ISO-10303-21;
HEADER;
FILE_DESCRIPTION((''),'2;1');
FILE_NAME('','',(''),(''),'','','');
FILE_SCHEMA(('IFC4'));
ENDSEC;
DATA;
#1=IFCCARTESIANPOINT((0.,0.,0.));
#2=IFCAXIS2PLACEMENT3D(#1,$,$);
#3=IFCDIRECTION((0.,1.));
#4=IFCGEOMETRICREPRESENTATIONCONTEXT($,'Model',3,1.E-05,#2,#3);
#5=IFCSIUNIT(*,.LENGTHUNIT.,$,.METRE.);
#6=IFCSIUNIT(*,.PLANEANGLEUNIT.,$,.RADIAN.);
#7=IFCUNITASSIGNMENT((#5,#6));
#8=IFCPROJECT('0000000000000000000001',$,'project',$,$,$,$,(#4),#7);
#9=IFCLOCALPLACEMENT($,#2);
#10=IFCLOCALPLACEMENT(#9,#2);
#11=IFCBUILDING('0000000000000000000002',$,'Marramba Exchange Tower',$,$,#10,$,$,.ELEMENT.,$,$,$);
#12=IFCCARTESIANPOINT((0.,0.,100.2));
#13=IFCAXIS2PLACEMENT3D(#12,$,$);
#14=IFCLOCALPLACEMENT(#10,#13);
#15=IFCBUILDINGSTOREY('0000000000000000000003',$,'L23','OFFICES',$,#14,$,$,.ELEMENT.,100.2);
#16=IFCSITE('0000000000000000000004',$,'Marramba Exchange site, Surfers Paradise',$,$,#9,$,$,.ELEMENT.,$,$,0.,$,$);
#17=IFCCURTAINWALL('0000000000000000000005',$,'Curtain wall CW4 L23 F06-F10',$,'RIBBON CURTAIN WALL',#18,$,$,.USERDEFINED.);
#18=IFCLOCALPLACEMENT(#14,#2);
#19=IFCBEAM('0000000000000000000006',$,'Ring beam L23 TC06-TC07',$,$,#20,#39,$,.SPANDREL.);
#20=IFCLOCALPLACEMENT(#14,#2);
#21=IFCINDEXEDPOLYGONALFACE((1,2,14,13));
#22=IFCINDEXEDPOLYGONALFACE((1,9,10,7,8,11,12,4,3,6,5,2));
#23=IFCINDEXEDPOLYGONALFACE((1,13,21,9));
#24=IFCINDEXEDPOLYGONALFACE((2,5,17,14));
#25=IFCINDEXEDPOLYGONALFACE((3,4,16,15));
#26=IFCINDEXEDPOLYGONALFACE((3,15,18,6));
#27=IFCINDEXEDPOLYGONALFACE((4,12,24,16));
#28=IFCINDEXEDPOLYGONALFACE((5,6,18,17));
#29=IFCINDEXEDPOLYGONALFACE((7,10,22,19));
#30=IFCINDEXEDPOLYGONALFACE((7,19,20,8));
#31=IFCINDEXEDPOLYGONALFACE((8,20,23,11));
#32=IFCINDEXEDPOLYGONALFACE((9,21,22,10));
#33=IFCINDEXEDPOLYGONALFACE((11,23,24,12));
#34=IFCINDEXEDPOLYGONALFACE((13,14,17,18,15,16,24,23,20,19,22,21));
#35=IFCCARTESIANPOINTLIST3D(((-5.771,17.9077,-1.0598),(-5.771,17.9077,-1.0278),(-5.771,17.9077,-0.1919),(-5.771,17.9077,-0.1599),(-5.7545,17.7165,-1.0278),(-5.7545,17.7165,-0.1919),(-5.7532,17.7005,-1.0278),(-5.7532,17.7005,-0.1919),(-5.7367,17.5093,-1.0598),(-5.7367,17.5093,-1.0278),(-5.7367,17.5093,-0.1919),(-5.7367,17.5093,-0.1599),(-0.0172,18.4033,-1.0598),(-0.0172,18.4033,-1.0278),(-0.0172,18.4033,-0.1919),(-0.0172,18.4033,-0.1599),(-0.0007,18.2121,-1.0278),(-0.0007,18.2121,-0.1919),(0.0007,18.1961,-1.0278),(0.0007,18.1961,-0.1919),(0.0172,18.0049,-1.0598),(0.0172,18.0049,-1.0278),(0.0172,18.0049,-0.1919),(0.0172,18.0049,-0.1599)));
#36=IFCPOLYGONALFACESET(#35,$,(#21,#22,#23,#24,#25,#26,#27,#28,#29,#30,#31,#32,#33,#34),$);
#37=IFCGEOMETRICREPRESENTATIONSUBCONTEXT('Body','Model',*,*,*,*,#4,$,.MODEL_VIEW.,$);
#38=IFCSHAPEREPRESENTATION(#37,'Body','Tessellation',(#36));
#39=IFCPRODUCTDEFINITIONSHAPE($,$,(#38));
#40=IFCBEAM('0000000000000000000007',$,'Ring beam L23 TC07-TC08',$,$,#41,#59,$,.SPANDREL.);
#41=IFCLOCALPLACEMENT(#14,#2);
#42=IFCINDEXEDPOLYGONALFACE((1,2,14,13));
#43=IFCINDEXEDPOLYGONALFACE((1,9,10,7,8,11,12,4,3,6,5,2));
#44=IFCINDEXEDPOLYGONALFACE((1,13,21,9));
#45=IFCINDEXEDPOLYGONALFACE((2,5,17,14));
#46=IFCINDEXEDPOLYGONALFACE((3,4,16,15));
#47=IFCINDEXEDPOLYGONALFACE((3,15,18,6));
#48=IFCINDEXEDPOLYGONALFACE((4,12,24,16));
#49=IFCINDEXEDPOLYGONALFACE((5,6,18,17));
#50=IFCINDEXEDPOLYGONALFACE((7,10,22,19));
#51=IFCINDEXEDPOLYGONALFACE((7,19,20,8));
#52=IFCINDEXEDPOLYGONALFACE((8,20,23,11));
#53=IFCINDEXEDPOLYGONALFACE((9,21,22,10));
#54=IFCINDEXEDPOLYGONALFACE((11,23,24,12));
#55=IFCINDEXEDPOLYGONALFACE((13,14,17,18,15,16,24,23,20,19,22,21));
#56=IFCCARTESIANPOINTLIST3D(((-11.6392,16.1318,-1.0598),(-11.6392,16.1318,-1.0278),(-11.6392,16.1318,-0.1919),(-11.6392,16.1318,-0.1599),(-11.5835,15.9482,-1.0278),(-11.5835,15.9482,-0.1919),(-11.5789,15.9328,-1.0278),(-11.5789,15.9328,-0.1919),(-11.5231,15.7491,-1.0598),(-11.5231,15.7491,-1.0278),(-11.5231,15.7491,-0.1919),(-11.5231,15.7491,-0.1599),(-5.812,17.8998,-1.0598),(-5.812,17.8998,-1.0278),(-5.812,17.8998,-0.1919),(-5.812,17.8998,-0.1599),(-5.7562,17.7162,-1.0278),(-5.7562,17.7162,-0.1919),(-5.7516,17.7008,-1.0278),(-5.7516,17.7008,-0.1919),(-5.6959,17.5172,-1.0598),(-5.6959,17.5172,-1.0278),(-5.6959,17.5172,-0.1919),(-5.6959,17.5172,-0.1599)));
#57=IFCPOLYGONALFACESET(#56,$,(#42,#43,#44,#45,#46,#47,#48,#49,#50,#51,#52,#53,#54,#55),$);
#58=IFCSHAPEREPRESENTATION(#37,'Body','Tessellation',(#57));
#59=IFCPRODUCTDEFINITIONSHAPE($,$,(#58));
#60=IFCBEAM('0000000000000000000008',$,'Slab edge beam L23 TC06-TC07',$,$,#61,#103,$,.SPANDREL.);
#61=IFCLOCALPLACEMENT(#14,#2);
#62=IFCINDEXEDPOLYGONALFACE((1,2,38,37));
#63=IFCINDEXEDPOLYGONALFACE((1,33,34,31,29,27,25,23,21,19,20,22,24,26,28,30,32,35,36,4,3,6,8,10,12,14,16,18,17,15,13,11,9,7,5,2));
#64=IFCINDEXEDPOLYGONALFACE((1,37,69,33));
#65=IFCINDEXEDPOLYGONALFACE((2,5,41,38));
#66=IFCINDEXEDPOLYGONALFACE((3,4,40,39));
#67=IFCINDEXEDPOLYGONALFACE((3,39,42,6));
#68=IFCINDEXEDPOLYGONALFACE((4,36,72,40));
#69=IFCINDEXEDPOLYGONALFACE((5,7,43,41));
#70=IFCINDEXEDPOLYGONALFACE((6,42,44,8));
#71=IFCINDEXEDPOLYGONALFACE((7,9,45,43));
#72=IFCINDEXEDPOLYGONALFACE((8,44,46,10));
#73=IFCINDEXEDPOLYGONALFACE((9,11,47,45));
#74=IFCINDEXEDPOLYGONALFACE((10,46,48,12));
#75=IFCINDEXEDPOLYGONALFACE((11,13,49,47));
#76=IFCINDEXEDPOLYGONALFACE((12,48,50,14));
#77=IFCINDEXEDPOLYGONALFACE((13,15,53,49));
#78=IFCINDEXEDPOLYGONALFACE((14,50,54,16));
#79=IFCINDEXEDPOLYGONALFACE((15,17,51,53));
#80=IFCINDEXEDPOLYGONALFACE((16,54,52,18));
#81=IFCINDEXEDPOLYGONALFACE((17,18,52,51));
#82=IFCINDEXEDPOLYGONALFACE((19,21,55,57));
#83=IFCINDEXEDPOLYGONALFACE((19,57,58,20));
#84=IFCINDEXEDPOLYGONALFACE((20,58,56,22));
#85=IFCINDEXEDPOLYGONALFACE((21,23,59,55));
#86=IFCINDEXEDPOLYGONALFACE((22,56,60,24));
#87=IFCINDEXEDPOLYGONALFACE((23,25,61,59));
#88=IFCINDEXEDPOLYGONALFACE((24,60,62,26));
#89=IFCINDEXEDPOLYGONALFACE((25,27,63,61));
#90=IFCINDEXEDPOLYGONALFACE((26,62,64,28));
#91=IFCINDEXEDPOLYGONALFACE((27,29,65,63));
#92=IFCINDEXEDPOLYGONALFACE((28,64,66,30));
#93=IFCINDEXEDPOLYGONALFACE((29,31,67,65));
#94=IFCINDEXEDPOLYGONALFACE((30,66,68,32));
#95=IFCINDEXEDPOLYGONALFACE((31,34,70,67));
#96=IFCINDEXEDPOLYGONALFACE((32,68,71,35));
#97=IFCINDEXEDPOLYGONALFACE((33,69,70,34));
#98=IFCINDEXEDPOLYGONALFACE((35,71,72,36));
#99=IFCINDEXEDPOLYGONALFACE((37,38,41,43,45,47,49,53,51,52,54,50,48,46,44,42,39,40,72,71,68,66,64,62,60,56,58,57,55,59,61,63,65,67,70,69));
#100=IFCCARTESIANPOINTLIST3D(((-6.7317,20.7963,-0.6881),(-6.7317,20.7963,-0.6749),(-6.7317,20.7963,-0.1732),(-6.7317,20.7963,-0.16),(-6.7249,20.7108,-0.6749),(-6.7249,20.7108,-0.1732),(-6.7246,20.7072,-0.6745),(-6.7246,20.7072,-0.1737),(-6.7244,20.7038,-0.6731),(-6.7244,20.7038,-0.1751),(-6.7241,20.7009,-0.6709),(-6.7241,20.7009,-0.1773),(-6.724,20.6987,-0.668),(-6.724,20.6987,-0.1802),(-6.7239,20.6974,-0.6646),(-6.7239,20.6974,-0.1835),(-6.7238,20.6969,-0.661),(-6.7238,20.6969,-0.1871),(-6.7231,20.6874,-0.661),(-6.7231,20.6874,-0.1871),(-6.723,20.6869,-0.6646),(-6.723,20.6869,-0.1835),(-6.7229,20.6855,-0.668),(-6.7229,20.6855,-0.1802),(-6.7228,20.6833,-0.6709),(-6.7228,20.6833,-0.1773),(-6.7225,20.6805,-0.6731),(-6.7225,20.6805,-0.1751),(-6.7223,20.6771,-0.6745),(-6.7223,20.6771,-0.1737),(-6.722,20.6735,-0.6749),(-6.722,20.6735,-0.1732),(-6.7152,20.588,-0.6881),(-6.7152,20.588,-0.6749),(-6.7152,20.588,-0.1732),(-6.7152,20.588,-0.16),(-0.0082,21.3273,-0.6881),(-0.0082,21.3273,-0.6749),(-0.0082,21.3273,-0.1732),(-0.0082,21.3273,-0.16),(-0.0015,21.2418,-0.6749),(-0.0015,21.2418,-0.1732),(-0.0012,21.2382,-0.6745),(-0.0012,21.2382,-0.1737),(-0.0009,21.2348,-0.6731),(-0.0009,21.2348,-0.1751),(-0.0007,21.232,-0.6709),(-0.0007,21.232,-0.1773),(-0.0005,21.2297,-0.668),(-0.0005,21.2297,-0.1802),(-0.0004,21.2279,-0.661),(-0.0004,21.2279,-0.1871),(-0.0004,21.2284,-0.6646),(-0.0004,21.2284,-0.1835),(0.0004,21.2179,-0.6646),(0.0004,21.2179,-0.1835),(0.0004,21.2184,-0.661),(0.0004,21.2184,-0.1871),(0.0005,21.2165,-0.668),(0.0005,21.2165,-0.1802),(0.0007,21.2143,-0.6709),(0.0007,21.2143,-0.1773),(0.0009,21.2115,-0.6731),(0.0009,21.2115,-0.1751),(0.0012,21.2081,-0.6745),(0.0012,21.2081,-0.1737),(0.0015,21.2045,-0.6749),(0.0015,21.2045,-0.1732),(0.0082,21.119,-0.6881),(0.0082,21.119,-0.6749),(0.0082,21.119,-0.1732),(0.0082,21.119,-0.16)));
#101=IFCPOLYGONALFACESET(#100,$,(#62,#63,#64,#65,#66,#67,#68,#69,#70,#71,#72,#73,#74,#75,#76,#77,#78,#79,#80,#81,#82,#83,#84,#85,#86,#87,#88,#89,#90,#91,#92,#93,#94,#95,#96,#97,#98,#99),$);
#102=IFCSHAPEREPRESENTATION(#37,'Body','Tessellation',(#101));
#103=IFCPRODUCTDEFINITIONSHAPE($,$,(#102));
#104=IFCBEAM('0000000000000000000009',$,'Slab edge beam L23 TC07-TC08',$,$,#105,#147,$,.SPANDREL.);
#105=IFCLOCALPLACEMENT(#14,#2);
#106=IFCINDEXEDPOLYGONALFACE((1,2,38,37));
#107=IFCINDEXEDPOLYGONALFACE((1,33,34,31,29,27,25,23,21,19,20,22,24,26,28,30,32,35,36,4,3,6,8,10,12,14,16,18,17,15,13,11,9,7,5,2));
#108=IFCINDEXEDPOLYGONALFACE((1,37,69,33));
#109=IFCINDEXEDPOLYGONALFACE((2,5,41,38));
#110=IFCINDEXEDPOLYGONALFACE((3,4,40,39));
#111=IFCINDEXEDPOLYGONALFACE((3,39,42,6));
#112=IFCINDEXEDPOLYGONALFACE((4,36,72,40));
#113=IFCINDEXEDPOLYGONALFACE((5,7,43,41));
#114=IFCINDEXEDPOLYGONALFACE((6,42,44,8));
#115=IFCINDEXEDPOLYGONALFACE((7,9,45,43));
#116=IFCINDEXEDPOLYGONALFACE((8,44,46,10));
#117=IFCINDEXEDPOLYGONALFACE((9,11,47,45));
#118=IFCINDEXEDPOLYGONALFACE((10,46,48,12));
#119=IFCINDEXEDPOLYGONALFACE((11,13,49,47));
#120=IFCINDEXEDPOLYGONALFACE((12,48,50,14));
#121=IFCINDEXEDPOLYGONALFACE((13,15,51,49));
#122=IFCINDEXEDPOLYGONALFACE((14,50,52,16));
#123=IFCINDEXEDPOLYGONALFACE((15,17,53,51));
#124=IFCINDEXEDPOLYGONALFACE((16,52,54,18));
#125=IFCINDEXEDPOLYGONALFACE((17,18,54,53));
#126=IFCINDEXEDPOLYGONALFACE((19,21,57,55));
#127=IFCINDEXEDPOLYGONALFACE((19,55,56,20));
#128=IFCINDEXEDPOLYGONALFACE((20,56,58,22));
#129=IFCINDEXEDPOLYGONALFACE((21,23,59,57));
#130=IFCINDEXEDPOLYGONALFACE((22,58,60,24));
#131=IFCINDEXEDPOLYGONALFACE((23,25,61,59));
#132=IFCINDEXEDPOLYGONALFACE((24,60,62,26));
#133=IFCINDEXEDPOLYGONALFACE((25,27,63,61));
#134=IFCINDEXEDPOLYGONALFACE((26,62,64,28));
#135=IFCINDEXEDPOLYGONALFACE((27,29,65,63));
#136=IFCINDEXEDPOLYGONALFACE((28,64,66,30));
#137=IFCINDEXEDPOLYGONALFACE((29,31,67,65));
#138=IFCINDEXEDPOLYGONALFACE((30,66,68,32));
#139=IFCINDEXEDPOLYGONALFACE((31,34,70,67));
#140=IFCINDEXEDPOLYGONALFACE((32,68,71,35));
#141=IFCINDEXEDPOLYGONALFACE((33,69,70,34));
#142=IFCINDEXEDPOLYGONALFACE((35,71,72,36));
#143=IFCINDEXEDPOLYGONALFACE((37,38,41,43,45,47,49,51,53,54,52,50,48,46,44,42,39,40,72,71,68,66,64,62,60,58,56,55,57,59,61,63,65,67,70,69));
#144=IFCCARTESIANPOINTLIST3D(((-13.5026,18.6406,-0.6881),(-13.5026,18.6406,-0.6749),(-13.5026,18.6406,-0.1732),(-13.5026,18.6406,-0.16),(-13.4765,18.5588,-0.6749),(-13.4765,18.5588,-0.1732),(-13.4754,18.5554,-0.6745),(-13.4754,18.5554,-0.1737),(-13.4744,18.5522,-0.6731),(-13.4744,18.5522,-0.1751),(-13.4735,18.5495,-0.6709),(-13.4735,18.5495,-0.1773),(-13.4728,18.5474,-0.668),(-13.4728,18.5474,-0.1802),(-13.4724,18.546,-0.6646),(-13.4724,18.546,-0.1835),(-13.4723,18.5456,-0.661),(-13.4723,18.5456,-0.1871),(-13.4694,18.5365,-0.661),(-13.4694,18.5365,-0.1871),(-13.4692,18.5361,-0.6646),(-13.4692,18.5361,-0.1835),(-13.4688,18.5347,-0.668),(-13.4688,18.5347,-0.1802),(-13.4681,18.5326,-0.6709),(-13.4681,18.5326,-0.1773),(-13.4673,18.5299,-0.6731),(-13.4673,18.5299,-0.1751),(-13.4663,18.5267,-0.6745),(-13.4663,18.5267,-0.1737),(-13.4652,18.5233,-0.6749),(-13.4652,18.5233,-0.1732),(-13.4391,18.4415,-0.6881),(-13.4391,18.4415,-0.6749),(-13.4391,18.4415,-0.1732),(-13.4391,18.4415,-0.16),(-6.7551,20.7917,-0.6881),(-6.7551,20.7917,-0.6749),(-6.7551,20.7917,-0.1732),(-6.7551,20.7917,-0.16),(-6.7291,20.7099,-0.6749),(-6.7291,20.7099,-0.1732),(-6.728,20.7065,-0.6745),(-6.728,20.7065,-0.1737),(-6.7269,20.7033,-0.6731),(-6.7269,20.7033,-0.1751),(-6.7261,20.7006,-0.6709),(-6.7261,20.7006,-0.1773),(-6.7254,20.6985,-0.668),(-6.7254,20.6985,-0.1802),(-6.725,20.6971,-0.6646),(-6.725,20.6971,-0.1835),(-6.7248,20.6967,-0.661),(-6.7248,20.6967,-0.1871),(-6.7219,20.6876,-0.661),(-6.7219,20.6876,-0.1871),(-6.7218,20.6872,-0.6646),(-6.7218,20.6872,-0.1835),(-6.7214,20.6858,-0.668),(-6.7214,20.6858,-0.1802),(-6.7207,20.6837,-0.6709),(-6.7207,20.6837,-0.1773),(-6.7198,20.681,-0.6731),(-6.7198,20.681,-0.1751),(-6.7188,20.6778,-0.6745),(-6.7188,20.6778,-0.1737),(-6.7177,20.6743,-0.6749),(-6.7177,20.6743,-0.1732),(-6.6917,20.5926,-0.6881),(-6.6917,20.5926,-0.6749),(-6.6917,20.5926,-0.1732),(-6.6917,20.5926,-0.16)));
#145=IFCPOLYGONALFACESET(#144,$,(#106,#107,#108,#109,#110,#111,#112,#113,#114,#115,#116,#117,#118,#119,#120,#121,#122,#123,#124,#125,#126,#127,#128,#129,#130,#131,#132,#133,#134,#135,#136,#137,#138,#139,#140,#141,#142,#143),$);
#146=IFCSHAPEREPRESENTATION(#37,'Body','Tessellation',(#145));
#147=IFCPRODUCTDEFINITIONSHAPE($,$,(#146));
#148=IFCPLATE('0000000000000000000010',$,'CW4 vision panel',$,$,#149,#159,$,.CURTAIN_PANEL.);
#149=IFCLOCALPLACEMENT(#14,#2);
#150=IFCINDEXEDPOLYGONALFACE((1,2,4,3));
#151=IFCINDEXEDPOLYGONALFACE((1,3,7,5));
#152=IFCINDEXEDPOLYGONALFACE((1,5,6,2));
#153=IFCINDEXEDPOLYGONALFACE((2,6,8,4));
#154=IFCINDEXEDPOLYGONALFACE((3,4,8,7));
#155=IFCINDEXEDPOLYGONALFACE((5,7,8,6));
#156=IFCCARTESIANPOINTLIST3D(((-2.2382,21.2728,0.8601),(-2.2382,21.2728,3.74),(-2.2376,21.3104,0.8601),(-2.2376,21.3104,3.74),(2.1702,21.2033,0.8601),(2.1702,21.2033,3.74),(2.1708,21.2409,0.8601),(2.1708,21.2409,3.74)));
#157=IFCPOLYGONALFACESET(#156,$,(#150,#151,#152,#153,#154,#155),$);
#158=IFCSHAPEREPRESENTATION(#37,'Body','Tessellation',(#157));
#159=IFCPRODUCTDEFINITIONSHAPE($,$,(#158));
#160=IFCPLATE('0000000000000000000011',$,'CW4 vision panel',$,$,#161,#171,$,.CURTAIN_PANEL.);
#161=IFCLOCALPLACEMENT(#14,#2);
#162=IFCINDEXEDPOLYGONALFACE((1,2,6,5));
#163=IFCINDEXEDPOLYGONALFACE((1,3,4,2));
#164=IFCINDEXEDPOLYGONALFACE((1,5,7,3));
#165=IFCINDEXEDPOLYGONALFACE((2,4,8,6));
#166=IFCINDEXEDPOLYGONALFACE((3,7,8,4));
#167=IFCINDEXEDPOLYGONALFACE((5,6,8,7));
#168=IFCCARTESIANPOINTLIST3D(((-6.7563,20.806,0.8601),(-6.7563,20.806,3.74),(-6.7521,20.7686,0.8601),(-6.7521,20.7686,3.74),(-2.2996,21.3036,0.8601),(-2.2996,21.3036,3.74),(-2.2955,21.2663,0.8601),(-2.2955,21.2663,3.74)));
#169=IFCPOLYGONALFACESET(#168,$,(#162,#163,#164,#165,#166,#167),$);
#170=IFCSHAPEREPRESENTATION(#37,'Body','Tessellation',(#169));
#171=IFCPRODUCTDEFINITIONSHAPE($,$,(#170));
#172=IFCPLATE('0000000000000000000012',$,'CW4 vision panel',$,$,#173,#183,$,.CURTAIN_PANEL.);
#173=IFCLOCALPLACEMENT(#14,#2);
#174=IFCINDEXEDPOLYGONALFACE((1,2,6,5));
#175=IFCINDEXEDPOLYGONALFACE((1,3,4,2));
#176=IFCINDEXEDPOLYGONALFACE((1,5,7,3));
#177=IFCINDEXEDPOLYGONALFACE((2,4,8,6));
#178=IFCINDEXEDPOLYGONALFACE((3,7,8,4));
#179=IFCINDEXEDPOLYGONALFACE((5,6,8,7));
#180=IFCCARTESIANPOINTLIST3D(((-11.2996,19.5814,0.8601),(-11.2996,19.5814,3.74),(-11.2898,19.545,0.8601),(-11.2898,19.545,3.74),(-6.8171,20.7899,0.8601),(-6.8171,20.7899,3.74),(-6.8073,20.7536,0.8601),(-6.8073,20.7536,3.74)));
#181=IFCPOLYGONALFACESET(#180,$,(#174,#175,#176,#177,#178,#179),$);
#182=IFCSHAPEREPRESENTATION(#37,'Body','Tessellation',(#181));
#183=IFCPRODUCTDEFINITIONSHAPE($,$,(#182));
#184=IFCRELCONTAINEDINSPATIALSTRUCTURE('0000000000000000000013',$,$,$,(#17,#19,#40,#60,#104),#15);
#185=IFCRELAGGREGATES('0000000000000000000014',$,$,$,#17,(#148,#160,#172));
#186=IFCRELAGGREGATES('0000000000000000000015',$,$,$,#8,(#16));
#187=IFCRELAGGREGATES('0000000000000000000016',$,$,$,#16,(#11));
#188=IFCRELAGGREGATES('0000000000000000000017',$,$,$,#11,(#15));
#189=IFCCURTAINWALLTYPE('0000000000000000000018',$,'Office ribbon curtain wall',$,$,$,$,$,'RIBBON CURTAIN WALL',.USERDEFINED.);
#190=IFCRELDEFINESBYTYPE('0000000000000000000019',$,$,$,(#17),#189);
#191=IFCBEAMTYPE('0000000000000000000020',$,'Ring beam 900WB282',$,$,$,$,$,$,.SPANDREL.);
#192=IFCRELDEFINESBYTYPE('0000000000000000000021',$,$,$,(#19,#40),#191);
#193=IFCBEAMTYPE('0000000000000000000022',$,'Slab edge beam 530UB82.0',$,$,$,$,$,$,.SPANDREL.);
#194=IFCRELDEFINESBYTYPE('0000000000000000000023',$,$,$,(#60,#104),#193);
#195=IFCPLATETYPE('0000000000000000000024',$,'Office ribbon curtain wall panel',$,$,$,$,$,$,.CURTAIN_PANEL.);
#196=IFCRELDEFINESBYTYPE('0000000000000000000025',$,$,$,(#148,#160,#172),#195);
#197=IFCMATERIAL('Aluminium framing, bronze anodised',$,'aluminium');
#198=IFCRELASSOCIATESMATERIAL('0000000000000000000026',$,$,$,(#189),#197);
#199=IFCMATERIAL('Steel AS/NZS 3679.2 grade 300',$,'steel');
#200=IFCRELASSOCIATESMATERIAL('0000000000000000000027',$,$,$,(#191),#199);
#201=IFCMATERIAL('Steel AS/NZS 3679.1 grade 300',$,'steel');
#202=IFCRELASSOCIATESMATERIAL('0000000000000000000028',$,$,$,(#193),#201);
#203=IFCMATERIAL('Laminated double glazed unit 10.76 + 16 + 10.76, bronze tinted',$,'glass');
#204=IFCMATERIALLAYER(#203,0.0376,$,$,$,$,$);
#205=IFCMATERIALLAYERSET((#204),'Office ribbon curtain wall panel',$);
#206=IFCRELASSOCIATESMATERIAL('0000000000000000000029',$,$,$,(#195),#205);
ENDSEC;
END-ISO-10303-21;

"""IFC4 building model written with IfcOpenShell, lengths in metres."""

from ifc_helpers import new_model, si_unit, direction, frame, origin, origin_2d, place, context, subcontext, project, spatial, rectangle, i_section, extrude, material, layer, layer_set, material_profile, profile_set, type_object, element, aggregate, save


model = new_model("IFC4")

# Units and contexts
model_context = context("Model", 3, precision=1e-05, world=origin(), true_north=direction((0.0, 1.0)))
body_context = subcontext(model_context, "Body", "Model", "MODEL_VIEW")
ifc_project = project(units=[si_unit("LENGTHUNIT", "METRE"), si_unit("PLANEANGLEUNIT", "RADIAN")], contexts=[model_context])

# Site, building, storey
site_placement = place(None, origin())
site = spatial("IfcSite", under=ifc_project, at=site_placement, Name="Marramba Exchange site, Surfers Paradise", CompositionType="ELEMENT", RefElevation=0.0)
building_placement = place(site_placement, origin())
building = spatial("IfcBuilding", under=site, at=building_placement, Name="Marramba Exchange Tower", CompositionType="ELEMENT")
storey_placement = place(building_placement, frame((0.0, 0.0, 100.2)))
storey = spatial("IfcBuildingStorey", under=building, at=storey_placement, Name="L23", Description="OFFICES", CompositionType="ELEMENT", Elevation=100.2)

# Shared definitions
ifc_material_1 = material(Name="Steel AS/NZS 3679.2 grade 300", Category="steel")

# Curtain wall
ifc_material_2 = material(Name="Aluminium framing, bronze anodised", Category="aluminium")
curtain_wall_type = type_object("IfcCurtainWallType", Name="Office ribbon curtain wall", ElementType="RIBBON CURTAIN WALL", PredefinedType="USERDEFINED", material=ifc_material_2)
curtain_wall_1_placement = place(storey_placement, origin())
curtain_wall_1 = element("IfcCurtainWall", 1, at=curtain_wall_1_placement, inside=storey, type_object=curtain_wall_type, Name="Curtain wall CW4 L23 F06-F10", ObjectType="RIBBON CURTAIN WALL", PredefinedType="USERDEFINED")

# Beams
ifc_material_profile_1 = material_profile(ifc_material_1, i_section(OverallWidth=0.3999, OverallDepth=0.8999, WebThickness=0.0161, FlangeThickness=0.032, at=origin_2d()), Name="900WB282")
ifc_profile_set_1 = profile_set([ifc_material_profile_1], Name="Steel AS/NZS 3679.2 grade 300")
beam_type_1 = type_object("IfcBeamType", Name="Ring beam 900WB282", PredefinedType="SPANDREL", material=ifc_profile_set_1)
beam_1_placement = place(storey_placement, frame((0.0, 18.2041, -0.6099), z_axis=(-0.996311, -0.085816, 0.0), x_axis=(0.085816, -0.996311, 0.0)))
element("IfcBeam", 2, at=beam_1_placement, inside=storey, type_object=beam_type_1, Name="Ring beam L23 TC06-TC07", PredefinedType="SPANDREL", context=body_context, shape_type="SweptSolid", body=[
    extrude(i_section(OverallWidth=0.3999, OverallDepth=0.8999, WebThickness=0.0161, FlangeThickness=0.032, at=origin_2d()), origin(), (0.0, 0.0, 1.0), 5.7751),
])
beam_2_placement = place(storey_placement, frame((-5.7539, 17.7085, -0.6099), z_axis=(-0.956925, -0.290337, 0.0), x_axis=(0.290337, -0.956925, 0.0)))
element("IfcBeam", 3, at=beam_2_placement, inside=storey, type_object=beam_type_1, Name="Ring beam L23 TC07-TC08", PredefinedType="SPANDREL", context=body_context, shape_type="SweptSolid", body=[
    extrude(i_section(OverallWidth=0.3999, OverallDepth=0.8999, WebThickness=0.0161, FlangeThickness=0.032, at=origin_2d()), origin(), (0.0, 0.0, 1.0), 6.0896),
])
ifc_material_3 = material(Name="Steel AS/NZS 3679.1 grade 300", Category="steel")
ifc_material_profile_2 = material_profile(ifc_material_3, i_section(OverallWidth=0.209, OverallDepth=0.5281, WebThickness=0.0095, FlangeThickness=0.0132, FilletRadius=0.0139, at=origin_2d()), Name="530UB82.0")
ifc_profile_set_2 = profile_set([ifc_material_profile_2], Name="Steel AS/NZS 3679.1 grade 300")
beam_type_2 = type_object("IfcBeamType", Name="Slab edge beam 530UB82.0", PredefinedType="SPANDREL", material=ifc_profile_set_2)
beam_3_placement = place(storey_placement, frame((0.0, 21.2231, -0.4241), z_axis=(-0.996896, -0.078734, 0.0), x_axis=(0.078734, -0.996896, 0.0)))
element("IfcBeam", 4, at=beam_3_placement, inside=storey, type_object=beam_type_2, Name="Slab edge beam L23 TC06-TC07", PredefinedType="SPANDREL", context=body_context, shape_type="SweptSolid", body=[
    extrude(i_section(OverallWidth=0.209, OverallDepth=0.5281, WebThickness=0.0095, FlangeThickness=0.0132, FilletRadius=0.0139, at=origin_2d()), origin(), (0.0, 0.0, 1.0), 6.7444),
])
beam_4_placement = place(storey_placement, frame((-6.7234, 20.6921, -0.4241), z_axis=(-0.952755, -0.303739, 0.0), x_axis=(0.303739, -0.952755, 0.0)))
element("IfcBeam", 5, at=beam_4_placement, inside=storey, type_object=beam_type_2, Name="Slab edge beam L23 TC07-TC08", PredefinedType="SPANDREL", context=body_context, shape_type="SweptSolid", body=[
    extrude(i_section(OverallWidth=0.209, OverallDepth=0.5281, WebThickness=0.0095, FlangeThickness=0.0132, FilletRadius=0.0139, at=origin_2d()), origin(), (0.0, 0.0, 1.0), 7.082),
])

# Plates
ifc_material_4 = material(Name="Laminated double glazed unit 10.76 + 16 + 10.76, bronze tinted", Category="glass")
ifc_layer_1 = layer(ifc_material_4, 0.0376)
ifc_layer_set_1 = layer_set([ifc_layer_1], Name="Office ribbon curtain wall panel")
plate_type = type_object("IfcPlateType", Name="Office ribbon curtain wall panel", PredefinedType="CURTAIN_PANEL", material=ifc_layer_set_1)
plate_1_placement = place(storey_placement, frame((-0.0337, 21.2568, 0.8601), z_axis=(0.0, 0.0, 1.0), x_axis=(-0.999876, 0.015756, 0.0)))
plate_1 = element("IfcPlate", 6, at=plate_1_placement, type_object=plate_type, Name="CW4 vision panel", PredefinedType="CURTAIN_PANEL", context=body_context, shape_type="SweptSolid", body=[
    extrude(rectangle(XDim=4.4089, YDim=0.0376, at=origin_2d()), origin(), (0.0, 0.0, 1.0), 2.8799),
])
plate_2_placement = place(storey_placement, frame((-4.5259, 21.0361, 0.8601), z_axis=(0.0, 0.0, 1.0), x_axis=(-0.993823, -0.110973, 0.0)))
plate_2 = element("IfcPlate", 7, at=plate_2_placement, type_object=plate_type, Name="CW4 vision panel", PredefinedType="CURTAIN_PANEL", context=body_context, shape_type="SweptSolid", body=[
    extrude(rectangle(XDim=4.4844, YDim=0.0376, at=origin_2d()), origin(), (0.0, 0.0, 1.0), 2.8799),
])
plate_3_placement = place(storey_placement, frame((-9.0535, 20.1675, 0.8601), z_axis=(0.0, 0.0, 1.0), x_axis=(-0.965522, -0.260321, 0.0)))
plate_3 = element("IfcPlate", 8, at=plate_3_placement, type_object=plate_type, Name="CW4 vision panel", PredefinedType="CURTAIN_PANEL", context=body_context, shape_type="SweptSolid", body=[
    extrude(rectangle(XDim=4.6426, YDim=0.0376, at=origin_2d()), origin(), (0.0, 0.0, 1.0), 2.8799),
])
aggregate(curtain_wall_1, [plate_1, plate_2, plate_3])

save(model, "model.ifc")
